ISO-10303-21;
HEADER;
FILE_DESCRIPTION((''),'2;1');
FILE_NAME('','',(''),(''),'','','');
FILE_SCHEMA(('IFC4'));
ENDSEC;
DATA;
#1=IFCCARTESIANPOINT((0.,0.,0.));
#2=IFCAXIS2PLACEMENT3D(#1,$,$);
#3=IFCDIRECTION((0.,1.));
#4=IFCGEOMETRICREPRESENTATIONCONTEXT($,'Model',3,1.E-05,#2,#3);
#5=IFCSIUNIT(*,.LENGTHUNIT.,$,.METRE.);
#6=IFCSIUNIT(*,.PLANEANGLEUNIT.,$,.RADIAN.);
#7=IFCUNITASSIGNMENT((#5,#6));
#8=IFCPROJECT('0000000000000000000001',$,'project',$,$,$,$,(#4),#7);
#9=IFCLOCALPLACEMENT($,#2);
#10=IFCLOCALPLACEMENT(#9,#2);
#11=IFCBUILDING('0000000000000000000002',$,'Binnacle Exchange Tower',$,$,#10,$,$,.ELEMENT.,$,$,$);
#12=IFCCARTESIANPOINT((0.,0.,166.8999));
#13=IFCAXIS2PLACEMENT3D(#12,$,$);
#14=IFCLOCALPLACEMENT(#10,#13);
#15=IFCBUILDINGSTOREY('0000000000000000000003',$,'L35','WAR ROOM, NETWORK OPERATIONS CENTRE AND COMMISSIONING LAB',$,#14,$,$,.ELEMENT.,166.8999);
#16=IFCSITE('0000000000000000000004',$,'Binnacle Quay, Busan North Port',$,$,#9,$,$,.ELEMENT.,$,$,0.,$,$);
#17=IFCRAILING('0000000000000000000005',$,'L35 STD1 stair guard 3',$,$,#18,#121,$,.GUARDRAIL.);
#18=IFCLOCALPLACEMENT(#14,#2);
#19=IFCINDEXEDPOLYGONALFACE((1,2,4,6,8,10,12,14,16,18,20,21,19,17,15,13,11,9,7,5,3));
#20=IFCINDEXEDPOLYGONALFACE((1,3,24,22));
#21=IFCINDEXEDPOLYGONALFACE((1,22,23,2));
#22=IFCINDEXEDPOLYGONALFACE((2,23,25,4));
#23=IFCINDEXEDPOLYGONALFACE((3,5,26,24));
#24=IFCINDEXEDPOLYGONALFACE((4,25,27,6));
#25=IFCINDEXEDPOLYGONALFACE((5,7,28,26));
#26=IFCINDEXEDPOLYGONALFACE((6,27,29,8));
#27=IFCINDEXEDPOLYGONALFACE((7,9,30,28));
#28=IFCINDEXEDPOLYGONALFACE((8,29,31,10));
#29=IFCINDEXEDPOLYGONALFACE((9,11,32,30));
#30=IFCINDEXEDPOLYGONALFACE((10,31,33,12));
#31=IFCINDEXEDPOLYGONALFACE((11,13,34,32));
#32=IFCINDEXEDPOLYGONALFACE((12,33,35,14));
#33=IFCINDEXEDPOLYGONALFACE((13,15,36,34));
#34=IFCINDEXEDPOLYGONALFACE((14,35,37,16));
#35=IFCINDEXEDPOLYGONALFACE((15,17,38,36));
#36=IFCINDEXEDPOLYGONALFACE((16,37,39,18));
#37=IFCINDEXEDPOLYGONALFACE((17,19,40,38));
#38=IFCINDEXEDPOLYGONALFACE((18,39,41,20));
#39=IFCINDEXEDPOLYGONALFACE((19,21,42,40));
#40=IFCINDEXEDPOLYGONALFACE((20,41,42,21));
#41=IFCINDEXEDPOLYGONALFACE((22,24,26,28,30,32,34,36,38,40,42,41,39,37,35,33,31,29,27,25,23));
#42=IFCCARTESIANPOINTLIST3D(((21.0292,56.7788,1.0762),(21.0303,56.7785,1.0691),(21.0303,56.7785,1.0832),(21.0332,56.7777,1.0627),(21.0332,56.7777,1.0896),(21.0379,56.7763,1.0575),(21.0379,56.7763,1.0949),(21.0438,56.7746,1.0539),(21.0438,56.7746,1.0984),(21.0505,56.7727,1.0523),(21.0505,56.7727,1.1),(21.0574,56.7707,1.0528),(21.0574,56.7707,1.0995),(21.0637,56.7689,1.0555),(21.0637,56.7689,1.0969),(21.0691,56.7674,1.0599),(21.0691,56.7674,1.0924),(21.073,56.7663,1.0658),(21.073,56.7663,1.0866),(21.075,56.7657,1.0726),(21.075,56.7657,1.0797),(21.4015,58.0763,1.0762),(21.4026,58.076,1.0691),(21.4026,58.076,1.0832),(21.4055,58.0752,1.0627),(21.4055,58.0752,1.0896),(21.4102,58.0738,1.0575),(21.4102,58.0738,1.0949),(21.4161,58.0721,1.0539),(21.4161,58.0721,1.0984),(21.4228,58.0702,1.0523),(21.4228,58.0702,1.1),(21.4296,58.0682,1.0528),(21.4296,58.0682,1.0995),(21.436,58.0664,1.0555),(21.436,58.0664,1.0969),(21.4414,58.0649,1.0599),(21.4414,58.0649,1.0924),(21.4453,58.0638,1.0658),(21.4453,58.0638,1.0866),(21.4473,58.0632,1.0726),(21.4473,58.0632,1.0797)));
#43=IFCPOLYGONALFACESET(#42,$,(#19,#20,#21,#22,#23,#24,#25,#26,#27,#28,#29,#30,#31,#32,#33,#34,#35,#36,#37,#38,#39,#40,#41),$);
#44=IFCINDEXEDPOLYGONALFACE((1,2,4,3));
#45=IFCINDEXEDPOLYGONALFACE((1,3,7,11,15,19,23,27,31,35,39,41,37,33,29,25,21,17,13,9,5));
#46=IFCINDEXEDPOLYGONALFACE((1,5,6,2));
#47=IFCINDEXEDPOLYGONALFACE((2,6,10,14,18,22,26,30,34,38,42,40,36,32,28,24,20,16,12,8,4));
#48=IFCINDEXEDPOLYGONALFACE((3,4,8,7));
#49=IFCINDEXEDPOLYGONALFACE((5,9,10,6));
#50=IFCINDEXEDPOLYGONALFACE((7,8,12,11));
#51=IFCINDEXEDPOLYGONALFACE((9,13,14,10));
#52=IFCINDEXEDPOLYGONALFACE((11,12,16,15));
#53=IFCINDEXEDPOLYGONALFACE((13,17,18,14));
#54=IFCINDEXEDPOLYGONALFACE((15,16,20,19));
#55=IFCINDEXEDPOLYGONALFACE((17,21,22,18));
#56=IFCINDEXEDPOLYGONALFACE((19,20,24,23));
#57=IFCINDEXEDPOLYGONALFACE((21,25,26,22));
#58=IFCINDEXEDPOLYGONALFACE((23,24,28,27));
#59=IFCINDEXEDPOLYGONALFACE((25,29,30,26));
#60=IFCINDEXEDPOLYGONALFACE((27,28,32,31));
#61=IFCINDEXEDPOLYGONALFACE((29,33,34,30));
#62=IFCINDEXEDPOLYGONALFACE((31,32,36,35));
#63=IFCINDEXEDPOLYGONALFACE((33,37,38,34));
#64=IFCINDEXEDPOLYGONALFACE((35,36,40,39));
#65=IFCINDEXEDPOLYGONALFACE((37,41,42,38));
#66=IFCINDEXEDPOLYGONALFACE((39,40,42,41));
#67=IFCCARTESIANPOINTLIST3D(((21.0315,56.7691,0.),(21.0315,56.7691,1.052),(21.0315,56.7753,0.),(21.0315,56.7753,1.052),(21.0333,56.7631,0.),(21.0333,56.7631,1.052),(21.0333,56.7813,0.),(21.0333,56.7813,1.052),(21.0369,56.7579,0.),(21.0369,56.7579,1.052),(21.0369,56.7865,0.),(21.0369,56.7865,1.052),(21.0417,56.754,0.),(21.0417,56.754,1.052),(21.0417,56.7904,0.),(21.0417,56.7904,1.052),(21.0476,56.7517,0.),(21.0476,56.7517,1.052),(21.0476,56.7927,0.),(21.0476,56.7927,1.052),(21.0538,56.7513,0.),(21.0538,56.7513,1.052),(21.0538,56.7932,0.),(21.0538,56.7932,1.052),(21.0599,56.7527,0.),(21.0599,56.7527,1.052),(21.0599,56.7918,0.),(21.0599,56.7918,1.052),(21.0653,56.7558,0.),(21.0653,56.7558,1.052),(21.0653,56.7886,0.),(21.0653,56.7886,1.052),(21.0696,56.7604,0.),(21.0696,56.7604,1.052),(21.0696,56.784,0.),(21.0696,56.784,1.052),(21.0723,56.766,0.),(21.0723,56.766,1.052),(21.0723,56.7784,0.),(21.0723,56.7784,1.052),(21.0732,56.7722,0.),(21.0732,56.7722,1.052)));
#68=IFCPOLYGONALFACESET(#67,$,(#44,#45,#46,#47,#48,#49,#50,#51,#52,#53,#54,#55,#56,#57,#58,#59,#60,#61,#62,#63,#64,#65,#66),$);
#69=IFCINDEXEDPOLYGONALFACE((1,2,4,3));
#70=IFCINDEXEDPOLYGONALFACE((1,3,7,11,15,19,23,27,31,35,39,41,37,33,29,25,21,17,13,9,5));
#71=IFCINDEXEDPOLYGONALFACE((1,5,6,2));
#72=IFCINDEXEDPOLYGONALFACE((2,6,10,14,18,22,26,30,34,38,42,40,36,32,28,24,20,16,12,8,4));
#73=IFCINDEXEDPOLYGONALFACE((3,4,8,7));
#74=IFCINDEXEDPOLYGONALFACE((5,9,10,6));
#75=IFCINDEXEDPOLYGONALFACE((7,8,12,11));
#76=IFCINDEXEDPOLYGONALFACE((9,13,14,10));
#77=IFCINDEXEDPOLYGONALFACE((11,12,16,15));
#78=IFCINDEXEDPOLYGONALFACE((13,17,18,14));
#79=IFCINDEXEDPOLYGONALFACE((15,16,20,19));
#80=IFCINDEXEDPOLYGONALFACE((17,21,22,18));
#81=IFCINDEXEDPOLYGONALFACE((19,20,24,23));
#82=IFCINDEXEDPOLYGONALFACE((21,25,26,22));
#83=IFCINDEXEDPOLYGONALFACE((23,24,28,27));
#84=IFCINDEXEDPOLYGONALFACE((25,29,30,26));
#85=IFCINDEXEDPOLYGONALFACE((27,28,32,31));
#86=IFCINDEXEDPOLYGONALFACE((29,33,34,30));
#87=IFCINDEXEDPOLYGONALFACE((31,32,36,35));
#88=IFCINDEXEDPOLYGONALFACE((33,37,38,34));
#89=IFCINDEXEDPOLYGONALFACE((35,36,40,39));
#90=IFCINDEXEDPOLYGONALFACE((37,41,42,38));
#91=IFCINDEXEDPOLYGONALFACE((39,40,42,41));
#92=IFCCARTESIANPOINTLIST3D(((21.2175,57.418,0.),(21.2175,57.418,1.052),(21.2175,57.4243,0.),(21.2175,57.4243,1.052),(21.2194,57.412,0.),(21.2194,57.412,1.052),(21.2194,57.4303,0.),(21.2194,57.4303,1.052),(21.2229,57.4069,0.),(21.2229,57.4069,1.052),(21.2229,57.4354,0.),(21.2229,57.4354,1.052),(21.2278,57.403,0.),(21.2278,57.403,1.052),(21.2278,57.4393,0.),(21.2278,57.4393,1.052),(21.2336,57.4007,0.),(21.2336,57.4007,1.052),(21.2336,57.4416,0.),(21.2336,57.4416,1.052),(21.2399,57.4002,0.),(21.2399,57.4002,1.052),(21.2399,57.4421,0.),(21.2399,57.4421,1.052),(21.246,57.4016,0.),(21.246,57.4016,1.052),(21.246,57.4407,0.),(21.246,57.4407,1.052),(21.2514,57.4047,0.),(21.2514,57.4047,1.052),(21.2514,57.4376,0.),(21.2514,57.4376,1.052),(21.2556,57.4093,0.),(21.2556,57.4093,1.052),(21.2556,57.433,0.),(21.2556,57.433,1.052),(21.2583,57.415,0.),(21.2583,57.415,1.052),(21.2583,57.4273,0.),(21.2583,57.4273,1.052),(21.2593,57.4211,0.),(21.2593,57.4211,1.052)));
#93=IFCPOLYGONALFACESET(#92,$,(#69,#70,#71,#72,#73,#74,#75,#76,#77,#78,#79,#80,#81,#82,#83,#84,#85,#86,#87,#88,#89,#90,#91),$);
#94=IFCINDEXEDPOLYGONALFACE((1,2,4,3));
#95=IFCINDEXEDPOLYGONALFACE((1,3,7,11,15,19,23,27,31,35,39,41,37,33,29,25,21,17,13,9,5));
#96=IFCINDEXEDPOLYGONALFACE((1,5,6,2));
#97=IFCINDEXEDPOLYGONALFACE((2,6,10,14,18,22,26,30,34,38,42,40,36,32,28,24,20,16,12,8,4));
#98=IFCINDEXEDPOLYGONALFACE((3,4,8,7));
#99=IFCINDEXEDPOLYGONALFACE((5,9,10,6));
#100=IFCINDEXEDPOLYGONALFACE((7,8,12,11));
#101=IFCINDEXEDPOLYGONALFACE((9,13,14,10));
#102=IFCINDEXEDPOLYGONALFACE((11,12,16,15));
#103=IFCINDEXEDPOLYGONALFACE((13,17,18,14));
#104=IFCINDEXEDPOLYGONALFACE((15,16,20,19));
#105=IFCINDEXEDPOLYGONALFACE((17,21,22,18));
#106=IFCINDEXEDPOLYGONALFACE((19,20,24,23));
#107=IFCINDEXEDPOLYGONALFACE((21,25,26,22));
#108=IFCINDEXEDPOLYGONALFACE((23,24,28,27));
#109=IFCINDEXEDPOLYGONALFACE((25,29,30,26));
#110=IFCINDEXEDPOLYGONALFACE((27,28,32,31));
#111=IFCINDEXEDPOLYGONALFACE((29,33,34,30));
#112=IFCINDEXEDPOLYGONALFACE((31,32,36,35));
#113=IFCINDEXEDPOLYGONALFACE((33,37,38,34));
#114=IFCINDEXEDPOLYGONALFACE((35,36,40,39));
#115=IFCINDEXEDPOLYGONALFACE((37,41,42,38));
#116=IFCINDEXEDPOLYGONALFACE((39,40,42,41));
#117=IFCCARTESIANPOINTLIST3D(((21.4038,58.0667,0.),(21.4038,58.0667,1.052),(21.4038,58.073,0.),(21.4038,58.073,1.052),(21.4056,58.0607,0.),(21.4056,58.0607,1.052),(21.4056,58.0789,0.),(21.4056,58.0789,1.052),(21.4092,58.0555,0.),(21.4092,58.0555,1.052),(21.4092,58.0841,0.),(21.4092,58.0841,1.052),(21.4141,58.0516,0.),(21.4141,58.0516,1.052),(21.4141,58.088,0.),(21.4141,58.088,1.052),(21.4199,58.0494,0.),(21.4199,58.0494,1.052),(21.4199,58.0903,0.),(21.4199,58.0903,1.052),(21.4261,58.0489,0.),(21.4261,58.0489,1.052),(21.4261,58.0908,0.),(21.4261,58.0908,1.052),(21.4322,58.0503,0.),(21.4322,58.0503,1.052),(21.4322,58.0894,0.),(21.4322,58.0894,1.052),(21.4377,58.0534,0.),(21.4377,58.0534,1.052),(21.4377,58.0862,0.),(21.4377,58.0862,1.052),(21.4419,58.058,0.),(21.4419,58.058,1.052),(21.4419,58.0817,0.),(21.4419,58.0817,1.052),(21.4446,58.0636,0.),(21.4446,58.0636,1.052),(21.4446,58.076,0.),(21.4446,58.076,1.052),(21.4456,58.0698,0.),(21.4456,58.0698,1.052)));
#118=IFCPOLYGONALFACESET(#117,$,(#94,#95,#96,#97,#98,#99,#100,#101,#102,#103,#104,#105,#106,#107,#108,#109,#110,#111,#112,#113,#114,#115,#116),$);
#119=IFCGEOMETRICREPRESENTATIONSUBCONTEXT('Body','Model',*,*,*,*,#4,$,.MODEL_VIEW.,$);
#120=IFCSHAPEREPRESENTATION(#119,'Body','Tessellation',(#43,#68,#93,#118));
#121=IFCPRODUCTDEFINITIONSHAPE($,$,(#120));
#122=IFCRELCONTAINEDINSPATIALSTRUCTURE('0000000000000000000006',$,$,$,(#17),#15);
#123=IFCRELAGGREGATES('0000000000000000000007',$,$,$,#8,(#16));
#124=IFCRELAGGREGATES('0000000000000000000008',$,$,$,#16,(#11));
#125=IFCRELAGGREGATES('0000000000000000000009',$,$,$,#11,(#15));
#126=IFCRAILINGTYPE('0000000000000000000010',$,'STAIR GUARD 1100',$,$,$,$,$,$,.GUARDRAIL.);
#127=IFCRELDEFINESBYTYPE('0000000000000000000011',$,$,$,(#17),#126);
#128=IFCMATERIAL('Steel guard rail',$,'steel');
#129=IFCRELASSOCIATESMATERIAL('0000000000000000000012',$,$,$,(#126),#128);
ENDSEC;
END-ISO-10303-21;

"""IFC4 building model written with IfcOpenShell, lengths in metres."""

from ifc_helpers import new_model, si_unit, direction, frame, origin, origin_2d, place, context, subcontext, project, spatial, circle, extrude, material, type_object, element, save


model = new_model("IFC4")

# Units and contexts
model_context = context("Model", 3, precision=1e-05, world=origin(), true_north=direction((0.0, 1.0)))
body_context = subcontext(model_context, "Body", "Model", "MODEL_VIEW")
ifc_project = project(units=[si_unit("LENGTHUNIT", "METRE"), si_unit("PLANEANGLEUNIT", "RADIAN")], contexts=[model_context])

# Site, building, storey
site_placement = place(None, origin())
site = spatial("IfcSite", under=ifc_project, at=site_placement, Name="Binnacle Quay, Busan North Port", CompositionType="ELEMENT", RefElevation=0.0)
building_placement = place(site_placement, origin())
building = spatial("IfcBuilding", under=site, at=building_placement, Name="Binnacle Exchange Tower", CompositionType="ELEMENT")
storey_placement = place(building_placement, frame((0.0, 0.0, 166.8999)))
storey = spatial("IfcBuildingStorey", under=building, at=storey_placement, Name="L35", Description="WAR ROOM, NETWORK OPERATIONS CENTRE AND COMMISSIONING LAB", CompositionType="ELEMENT", Elevation=166.8999)

# Railing
ifc_material_1 = material(Name="Steel guard rail", Category="steel")
railing_type_1 = type_object("IfcRailingType", Name="STAIR GUARD 1100", PredefinedType="GUARDRAIL", material=ifc_material_1)
railing_1_placement = place(storey_placement, frame((21.0522, 56.7722, 0.0)))
element("IfcRailing", 1, at=railing_1_placement, inside=storey, type_object=railing_type_1, Name="L35 STD1 stair guard 3", PredefinedType="GUARDRAIL", context=body_context, shape_type="SweptSolid", body=[
    extrude(circle(Radius=0.0239, at=origin_2d()), frame((0.0, 0.0, 1.0762), z_axis=(0.275796, 0.961216, 0.0), x_axis=(-0.961216, 0.275796, 0.0)), (0.0, 0.0, 1.0), 1.3499),
    extrude(circle(Radius=0.021, at=origin_2d()), origin(), (0.0, 0.0, 1.0), 1.052),
    extrude(circle(Radius=0.021, at=origin_2d()), frame((0.186, 0.6489, 0.0)), (0.0, 0.0, 1.0), 1.052),
    extrude(circle(Radius=0.021, at=origin_2d()), frame((0.3723, 1.2976, 0.0)), (0.0, 0.0, 1.0), 1.052),
])

save(model, "model.ifc")
